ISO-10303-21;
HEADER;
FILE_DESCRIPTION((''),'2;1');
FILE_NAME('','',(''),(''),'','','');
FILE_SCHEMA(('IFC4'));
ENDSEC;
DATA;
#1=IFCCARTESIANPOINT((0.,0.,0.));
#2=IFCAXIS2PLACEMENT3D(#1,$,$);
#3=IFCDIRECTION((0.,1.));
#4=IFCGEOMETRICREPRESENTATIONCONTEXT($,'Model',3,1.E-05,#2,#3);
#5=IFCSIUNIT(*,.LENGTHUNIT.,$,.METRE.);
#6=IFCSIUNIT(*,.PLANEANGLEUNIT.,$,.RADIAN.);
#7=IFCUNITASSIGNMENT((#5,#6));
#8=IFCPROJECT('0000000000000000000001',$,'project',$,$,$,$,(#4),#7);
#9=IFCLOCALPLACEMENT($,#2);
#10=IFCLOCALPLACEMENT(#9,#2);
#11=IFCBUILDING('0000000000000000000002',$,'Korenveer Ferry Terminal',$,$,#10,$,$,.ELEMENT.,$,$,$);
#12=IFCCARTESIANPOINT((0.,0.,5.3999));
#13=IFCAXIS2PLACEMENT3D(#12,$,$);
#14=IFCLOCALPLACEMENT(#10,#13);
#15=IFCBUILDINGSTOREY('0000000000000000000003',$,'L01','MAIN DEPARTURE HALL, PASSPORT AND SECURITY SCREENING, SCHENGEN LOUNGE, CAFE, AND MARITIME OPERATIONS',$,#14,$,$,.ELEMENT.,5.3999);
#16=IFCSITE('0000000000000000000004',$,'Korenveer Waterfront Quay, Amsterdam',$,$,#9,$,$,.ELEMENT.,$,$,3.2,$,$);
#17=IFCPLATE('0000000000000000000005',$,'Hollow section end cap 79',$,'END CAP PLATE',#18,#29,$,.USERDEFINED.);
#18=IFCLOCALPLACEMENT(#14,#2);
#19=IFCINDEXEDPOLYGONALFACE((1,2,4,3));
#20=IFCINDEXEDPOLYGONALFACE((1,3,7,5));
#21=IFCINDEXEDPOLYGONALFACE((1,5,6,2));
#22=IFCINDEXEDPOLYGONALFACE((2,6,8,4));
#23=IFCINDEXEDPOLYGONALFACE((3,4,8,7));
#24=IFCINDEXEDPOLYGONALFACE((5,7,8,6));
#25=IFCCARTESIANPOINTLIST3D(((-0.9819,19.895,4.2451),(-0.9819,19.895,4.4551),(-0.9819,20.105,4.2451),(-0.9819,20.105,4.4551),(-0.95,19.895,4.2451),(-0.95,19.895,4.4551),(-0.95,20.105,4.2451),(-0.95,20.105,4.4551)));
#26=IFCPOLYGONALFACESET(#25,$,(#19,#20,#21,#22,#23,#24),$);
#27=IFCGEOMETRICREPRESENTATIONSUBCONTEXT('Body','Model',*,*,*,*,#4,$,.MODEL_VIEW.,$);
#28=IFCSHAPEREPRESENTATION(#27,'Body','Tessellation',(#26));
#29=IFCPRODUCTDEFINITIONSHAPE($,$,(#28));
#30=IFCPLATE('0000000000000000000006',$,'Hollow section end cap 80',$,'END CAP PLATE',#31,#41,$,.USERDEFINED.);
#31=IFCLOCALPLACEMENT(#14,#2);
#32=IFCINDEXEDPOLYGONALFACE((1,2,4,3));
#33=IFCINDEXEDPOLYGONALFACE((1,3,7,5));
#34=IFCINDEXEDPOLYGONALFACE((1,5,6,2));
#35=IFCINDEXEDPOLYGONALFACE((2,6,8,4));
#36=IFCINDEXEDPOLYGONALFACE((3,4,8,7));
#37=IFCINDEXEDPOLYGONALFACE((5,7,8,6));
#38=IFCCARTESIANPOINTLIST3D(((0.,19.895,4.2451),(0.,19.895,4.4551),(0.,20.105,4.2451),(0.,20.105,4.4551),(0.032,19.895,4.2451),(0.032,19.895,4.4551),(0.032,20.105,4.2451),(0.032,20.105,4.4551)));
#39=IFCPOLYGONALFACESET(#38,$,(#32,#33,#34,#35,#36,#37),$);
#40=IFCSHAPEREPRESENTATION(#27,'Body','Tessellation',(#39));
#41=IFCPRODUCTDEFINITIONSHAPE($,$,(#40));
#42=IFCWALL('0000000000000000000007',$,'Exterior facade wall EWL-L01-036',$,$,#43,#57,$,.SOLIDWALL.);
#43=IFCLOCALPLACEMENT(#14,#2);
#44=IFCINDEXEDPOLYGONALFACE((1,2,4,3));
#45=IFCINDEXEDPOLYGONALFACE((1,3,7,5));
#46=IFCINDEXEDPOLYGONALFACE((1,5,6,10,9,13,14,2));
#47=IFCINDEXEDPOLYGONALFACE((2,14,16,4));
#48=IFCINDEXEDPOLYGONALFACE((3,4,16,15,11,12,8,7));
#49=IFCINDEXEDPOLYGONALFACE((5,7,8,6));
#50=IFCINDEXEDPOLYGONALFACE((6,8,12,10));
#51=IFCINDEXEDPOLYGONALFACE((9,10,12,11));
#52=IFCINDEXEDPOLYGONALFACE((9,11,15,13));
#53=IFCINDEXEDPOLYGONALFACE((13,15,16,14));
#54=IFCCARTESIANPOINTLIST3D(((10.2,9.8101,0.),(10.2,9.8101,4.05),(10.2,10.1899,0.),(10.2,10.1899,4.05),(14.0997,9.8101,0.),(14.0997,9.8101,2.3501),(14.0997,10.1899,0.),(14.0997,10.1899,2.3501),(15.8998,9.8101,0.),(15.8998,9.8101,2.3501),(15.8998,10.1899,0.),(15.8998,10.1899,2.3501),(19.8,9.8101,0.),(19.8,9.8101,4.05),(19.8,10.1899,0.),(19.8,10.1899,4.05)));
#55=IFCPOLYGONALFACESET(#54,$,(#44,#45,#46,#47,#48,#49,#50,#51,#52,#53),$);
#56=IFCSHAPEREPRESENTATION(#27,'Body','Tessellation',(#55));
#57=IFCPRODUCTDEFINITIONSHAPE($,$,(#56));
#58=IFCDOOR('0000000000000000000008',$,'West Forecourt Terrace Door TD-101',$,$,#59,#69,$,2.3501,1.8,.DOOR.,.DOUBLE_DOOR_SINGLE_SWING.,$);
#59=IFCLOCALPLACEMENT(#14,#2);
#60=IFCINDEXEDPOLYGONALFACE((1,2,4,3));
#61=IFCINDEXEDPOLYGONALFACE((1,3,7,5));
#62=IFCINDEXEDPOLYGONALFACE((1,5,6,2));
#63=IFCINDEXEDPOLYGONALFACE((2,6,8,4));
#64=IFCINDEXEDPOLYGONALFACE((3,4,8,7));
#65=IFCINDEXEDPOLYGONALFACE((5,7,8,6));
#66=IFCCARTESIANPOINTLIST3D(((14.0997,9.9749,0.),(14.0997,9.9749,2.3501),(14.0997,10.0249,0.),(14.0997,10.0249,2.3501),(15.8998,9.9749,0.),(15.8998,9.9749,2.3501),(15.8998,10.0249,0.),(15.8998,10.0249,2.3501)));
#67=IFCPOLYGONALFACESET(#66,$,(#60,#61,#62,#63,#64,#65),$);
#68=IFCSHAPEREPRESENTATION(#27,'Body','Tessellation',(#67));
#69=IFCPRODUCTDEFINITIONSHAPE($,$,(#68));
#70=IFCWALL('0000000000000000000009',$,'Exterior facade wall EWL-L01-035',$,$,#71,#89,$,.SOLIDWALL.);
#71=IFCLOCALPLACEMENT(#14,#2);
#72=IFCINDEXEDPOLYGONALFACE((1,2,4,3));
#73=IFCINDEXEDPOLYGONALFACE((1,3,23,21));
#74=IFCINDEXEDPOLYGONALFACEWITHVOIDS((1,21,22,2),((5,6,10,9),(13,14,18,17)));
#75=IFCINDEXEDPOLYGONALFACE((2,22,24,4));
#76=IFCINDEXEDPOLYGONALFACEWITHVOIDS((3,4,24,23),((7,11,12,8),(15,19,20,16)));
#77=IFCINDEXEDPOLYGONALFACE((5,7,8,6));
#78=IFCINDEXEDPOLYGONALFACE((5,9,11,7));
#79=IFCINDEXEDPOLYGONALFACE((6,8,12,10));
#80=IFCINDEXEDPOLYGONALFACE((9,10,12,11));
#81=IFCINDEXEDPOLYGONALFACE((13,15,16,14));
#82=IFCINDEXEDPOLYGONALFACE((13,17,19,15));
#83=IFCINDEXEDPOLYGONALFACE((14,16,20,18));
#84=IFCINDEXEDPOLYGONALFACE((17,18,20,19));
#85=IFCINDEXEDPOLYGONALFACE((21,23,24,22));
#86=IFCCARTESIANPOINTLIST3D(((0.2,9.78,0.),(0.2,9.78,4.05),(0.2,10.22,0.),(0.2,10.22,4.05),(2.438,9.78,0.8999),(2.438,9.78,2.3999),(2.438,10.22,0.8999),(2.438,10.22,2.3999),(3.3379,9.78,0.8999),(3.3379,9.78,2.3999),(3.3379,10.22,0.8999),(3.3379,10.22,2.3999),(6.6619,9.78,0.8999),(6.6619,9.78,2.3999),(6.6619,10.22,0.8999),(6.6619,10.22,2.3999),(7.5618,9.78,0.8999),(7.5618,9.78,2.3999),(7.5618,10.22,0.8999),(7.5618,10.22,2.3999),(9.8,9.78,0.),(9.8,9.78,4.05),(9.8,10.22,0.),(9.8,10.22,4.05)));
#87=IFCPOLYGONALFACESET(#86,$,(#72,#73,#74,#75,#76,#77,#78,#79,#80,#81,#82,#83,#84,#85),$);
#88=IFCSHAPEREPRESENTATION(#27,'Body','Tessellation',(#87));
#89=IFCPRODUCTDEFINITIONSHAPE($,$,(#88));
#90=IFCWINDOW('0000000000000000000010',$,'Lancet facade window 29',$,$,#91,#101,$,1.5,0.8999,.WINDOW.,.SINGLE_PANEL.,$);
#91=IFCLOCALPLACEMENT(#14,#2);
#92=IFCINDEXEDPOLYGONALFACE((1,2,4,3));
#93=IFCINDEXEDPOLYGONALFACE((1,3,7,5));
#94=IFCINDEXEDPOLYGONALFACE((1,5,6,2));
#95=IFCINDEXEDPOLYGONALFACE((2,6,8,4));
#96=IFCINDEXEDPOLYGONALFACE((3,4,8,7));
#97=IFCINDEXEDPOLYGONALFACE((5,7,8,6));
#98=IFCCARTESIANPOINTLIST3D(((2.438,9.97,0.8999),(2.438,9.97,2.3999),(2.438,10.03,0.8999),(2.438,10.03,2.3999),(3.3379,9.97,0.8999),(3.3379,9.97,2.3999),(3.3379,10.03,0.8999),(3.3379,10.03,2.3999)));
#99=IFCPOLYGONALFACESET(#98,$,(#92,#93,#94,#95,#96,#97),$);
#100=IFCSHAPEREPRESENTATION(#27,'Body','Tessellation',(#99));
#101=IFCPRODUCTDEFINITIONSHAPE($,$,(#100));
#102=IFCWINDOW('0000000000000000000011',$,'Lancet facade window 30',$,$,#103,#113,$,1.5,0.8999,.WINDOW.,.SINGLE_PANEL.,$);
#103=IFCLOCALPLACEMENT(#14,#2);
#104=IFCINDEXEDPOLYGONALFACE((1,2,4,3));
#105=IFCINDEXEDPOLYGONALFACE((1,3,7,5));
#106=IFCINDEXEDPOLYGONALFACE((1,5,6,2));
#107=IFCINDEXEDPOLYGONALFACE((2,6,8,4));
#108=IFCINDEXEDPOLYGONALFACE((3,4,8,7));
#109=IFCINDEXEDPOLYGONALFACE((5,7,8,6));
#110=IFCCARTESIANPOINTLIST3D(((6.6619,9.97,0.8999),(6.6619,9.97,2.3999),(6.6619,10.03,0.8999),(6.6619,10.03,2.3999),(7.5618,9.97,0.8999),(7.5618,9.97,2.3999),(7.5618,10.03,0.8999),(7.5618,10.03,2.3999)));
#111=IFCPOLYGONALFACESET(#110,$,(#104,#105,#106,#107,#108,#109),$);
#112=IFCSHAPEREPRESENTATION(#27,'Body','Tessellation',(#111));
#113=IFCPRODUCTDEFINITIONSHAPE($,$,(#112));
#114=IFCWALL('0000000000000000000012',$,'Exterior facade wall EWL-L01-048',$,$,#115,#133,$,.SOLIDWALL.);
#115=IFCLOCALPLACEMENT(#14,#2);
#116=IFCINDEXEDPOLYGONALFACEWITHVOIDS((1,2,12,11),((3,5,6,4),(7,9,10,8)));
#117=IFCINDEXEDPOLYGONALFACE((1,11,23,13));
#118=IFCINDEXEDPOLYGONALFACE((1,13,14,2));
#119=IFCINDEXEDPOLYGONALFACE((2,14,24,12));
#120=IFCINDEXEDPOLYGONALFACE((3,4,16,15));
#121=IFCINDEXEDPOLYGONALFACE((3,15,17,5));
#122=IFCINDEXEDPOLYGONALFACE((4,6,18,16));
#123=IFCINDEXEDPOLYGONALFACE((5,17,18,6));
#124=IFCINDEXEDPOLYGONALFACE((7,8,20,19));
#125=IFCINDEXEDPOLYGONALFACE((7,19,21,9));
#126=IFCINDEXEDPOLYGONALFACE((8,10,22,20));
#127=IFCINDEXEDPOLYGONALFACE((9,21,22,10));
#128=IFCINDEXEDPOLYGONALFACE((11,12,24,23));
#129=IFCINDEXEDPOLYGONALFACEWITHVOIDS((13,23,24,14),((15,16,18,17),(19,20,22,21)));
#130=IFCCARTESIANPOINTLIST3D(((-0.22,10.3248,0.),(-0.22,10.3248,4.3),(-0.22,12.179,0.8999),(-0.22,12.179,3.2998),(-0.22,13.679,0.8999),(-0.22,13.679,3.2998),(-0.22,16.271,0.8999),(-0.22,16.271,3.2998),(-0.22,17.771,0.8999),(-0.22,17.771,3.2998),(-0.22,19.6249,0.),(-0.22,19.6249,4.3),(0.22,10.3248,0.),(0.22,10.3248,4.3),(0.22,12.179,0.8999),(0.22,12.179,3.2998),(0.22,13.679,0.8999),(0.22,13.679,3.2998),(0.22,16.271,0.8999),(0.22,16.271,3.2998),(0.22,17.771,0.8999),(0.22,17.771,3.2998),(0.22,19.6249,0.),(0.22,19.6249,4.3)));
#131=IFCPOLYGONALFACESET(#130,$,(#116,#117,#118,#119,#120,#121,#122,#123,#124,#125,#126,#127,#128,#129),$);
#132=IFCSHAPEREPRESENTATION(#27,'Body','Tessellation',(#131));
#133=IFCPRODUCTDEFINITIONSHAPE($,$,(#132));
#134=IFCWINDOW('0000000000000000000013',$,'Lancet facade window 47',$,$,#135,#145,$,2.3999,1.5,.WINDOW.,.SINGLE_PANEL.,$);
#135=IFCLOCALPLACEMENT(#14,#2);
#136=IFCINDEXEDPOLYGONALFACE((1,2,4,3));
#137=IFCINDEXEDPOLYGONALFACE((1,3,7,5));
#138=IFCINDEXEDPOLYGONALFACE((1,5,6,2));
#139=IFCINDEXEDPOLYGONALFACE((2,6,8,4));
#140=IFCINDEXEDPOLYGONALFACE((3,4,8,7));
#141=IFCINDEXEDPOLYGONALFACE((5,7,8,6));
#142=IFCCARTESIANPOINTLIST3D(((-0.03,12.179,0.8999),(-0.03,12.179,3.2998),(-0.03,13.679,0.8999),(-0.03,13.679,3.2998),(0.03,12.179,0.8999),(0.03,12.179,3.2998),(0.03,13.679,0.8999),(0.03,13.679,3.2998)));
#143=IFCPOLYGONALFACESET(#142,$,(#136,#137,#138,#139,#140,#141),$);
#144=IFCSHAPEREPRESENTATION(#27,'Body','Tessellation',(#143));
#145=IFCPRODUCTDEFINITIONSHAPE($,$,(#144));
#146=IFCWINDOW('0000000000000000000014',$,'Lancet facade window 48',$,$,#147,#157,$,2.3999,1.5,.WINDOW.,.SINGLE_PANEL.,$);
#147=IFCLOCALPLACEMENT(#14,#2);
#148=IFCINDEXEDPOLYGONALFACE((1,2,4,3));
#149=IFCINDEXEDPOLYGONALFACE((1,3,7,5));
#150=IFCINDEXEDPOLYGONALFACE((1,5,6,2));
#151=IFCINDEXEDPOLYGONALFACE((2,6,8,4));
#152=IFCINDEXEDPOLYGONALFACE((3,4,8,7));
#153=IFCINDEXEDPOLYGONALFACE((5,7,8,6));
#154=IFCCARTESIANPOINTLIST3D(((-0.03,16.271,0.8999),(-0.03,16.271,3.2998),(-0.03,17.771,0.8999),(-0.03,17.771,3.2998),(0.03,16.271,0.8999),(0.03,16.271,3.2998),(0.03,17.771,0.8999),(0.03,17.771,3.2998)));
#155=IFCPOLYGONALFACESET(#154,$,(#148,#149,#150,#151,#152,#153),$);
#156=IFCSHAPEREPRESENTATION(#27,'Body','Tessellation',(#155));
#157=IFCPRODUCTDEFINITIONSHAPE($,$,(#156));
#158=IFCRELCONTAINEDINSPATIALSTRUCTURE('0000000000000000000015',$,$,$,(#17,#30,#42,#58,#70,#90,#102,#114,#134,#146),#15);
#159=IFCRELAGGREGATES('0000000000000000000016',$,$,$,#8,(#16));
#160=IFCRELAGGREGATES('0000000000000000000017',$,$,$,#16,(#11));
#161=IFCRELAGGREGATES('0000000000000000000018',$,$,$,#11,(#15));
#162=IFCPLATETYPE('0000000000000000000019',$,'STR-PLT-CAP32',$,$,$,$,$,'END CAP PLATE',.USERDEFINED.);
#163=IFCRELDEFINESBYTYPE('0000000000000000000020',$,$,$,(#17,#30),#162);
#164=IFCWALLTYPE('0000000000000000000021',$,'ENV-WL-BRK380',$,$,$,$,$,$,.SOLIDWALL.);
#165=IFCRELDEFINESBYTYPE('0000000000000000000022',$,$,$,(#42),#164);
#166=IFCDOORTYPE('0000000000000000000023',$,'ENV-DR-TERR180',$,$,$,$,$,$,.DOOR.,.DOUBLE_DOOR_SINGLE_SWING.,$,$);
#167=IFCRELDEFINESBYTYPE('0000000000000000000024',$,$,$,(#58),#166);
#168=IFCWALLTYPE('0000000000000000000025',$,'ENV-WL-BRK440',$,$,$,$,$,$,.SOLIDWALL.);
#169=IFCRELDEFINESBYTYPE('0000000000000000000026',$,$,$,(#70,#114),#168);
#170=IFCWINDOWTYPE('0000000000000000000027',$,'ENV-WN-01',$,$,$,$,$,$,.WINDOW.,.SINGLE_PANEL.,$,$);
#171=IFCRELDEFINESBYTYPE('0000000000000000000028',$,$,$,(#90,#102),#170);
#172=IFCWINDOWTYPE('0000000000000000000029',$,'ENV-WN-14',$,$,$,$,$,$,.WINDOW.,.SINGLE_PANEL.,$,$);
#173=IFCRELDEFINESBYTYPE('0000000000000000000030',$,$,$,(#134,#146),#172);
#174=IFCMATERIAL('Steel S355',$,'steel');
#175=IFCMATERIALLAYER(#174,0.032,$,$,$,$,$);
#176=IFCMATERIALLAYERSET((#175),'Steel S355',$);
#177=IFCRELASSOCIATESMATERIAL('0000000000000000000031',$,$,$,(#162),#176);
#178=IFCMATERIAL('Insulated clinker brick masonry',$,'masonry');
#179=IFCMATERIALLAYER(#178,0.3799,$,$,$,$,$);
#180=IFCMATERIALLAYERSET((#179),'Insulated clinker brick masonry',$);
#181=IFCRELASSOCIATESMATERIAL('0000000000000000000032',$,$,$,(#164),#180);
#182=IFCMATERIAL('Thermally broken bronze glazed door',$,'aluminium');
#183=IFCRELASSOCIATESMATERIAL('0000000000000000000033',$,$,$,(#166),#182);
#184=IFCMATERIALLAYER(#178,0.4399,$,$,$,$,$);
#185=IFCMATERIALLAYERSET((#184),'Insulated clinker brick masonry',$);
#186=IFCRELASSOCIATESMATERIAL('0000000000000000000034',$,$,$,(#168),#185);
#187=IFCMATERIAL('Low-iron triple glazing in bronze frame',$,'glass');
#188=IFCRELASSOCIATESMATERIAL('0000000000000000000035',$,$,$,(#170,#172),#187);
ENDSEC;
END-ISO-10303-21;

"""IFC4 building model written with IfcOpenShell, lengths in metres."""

from ifc_helpers import new_model, si_unit, direction, frame, frame_2d, origin, origin_2d, place, context, subcontext, project, spatial, rectangle, extrude, material, layer, layer_set, type_object, element, fill, save


model = new_model("IFC4")

# Units and contexts
model_context = context("Model", 3, precision=1e-05, world=origin(), true_north=direction((0.0, 1.0)))
body_context = subcontext(model_context, "Body", "Model", "MODEL_VIEW")
ifc_project = project(units=[si_unit("LENGTHUNIT", "METRE"), si_unit("PLANEANGLEUNIT", "RADIAN")], contexts=[model_context])

# Site, building, storey
site_placement = place(None, origin())
site = spatial("IfcSite", under=ifc_project, at=site_placement, Name="Korenveer Waterfront Quay, Amsterdam", CompositionType="ELEMENT", RefElevation=3.2)
building_placement = place(site_placement, origin())
building = spatial("IfcBuilding", under=site, at=building_placement, Name="Korenveer Ferry Terminal", CompositionType="ELEMENT")
storey_placement = place(building_placement, frame((0.0, 0.0, 5.3999)))
storey = spatial("IfcBuildingStorey", under=building, at=storey_placement, Name="L01", Description="MAIN DEPARTURE HALL, PASSPORT AND SECURITY SCREENING, SCHENGEN LOUNGE, CAFE, AND MARITIME OPERATIONS", CompositionType="ELEMENT", Elevation=5.3999)

# Shared definitions
ifc_material_1 = material(Name="Steel S355", Category="steel")

# Plates
ifc_layer_1 = layer(ifc_material_1, 0.032)
ifc_layer_set_1 = layer_set([ifc_layer_1], Name="Steel S355")
plate_type = type_object("IfcPlateType", Name="STR-PLT-CAP32", ElementType="END CAP PLATE", PredefinedType="USERDEFINED", material=ifc_layer_set_1)
for number, where, z_axis, x_axis, name in (
    (1, (-0.9819, 20.0, 4.3501), (1.0, 0.0, 0.0), (0.0, 1.0, 0.0), "Hollow section end cap 79"),
    (2, (0.0, 20.0, 4.3501), (1.0, 0.0, 0.0), (0.0, 1.0, 0.0), "Hollow section end cap 80"),
):
    element("IfcPlate", number, at=place(storey_placement, frame(where, z_axis=z_axis, x_axis=x_axis)), inside=storey, type_object=plate_type, Name=name, ObjectType="END CAP PLATE", PredefinedType="USERDEFINED", context=body_context, shape_type="SweptSolid", body=[
        extrude(rectangle(XDim=0.21, YDim=0.21, at=origin_2d()), origin(), (0.0, 0.0, 1.0), 0.032),
    ])

# Wall, opening, door
ifc_material_2 = material(Name="Insulated clinker brick masonry", Category="masonry")
ifc_layer_2 = layer(ifc_material_2, 0.3799)
ifc_layer_set_2 = layer_set([ifc_layer_2], Name="Insulated clinker brick masonry")
wall_type_1 = type_object("IfcWallType", Name="ENV-WL-BRK380", PredefinedType="SOLIDWALL", material=ifc_layer_set_2)
wall_1_placement = place(storey_placement, frame((10.2, 10.0, 0.0), z_axis=(0.0, 0.0, 1.0), x_axis=(1.0, 0.0, 0.0)))
wall_1 = element("IfcWall", 3, at=wall_1_placement, inside=storey, type_object=wall_type_1, Name="Exterior facade wall EWL-L01-036", PredefinedType="SOLIDWALL", context=body_context, shape_type="SweptSolid", body=[
    extrude(rectangle(XDim=9.6001, YDim=0.3799, at=frame_2d((4.8, 0.0))), origin(), (0.0, 0.0, 1.0), 4.05),
])
opening_1_placement = place(wall_1_placement, frame((3.8999, 0.0, 0.0)))
opening_1 = element("IfcOpeningElement", 4, at=opening_1_placement, cuts=wall_1, PredefinedType="OPENING", context=body_context, shape_type="SweptSolid", body=[
    extrude(rectangle(XDim=1.8, YDim=2.3501, at=frame_2d((0.8999, 1.175))), frame((0.0, 0.2, 0.0), z_axis=(0.0, -1.0, 0.0), x_axis=(1.0, 0.0, 0.0)), (0.0, 0.0, 1.0), 0.3999),
])
ifc_material_3 = material(Name="Thermally broken bronze glazed door", Category="aluminium")
door_type = type_object("IfcDoorType", Name="ENV-DR-TERR180", OperationType="DOUBLE_DOOR_SINGLE_SWING", PredefinedType="DOOR", material=ifc_material_3)
door_placement = place(opening_1_placement, origin())
door = element("IfcDoor", 5, at=door_placement, inside=storey, type_object=door_type, Name="West Forecourt Terrace Door TD-101", OperationType="DOUBLE_DOOR_SINGLE_SWING", OverallHeight=2.3501, OverallWidth=1.8, PredefinedType="DOOR", context=body_context, shape_type="SweptSolid", body=[
    extrude(rectangle(XDim=1.8, YDim=2.3501, at=frame_2d((0.8999, 1.175))), frame((0.0, 0.0249, 0.0), z_axis=(0.0, -1.0, 0.0), x_axis=(1.0, 0.0, 0.0)), (0.0, 0.0, 1.0), 0.05),
])
fill(opening_1, door)

# Walls, openings, windows
ifc_layer_3 = layer(ifc_material_2, 0.4399)
ifc_layer_set_3 = layer_set([ifc_layer_3], Name="Insulated clinker brick masonry")
wall_type_2 = type_object("IfcWallType", Name="ENV-WL-BRK440", PredefinedType="SOLIDWALL", material=ifc_layer_set_3)
wall_2_placement = place(storey_placement, frame((0.2, 10.0, 0.0), z_axis=(0.0, 0.0, 1.0), x_axis=(1.0, 0.0, 0.0)))
wall_2 = element("IfcWall", 6, at=wall_2_placement, inside=storey, type_object=wall_type_2, Name="Exterior facade wall EWL-L01-035", PredefinedType="SOLIDWALL", context=body_context, shape_type="SweptSolid", body=[
    extrude(rectangle(XDim=9.6001, YDim=0.4399, at=frame_2d((4.8, 0.0))), origin(), (0.0, 0.0, 1.0), 4.05),
])
opening_2_placement = place(wall_2_placement, frame((2.238, 0.0, 0.8999)))
opening_2 = element("IfcOpeningElement", 7, at=opening_2_placement, cuts=wall_2, PredefinedType="OPENING", context=body_context, shape_type="SweptSolid", body=[
    extrude(rectangle(XDim=0.8999, YDim=1.5, at=frame_2d((0.45, 0.75))), frame((0.0, 0.23, 0.0), z_axis=(0.0, -1.0, 0.0), x_axis=(1.0, 0.0, 0.0)), (0.0, 0.0, 1.0), 0.46),
])
opening_3_placement = place(wall_2_placement, frame((6.4619, 0.0, 0.8999)))
opening_3 = element("IfcOpeningElement", 8, at=opening_3_placement, cuts=wall_2, PredefinedType="OPENING", context=body_context, shape_type="SweptSolid", body=[
    extrude(rectangle(XDim=0.8999, YDim=1.5, at=frame_2d((0.45, 0.75))), frame((0.0, 0.23, 0.0), z_axis=(0.0, -1.0, 0.0), x_axis=(1.0, 0.0, 0.0)), (0.0, 0.0, 1.0), 0.46),
])
ifc_material_4 = material(Name="Low-iron triple glazing in bronze frame", Category="glass")
window_type_1 = type_object("IfcWindowType", Name="ENV-WN-01", PartitioningType="SINGLE_PANEL", PredefinedType="WINDOW", material=ifc_material_4)
window_1_placement = place(opening_2_placement, origin())
window_1 = element("IfcWindow", 9, at=window_1_placement, inside=storey, type_object=window_type_1, Name="Lancet facade window 29", OverallHeight=1.5, OverallWidth=0.8999, PartitioningType="SINGLE_PANEL", PredefinedType="WINDOW", context=body_context, shape_type="SweptSolid", body=[
    extrude(rectangle(XDim=0.8999, YDim=1.5, at=frame_2d((0.45, 0.75))), frame((0.0, 0.03, 0.0), z_axis=(0.0, -1.0, 0.0), x_axis=(1.0, 0.0, 0.0)), (0.0, 0.0, 1.0), 0.0601),
])
fill(opening_2, window_1)
window_2_placement = place(opening_3_placement, origin())
window_2 = element("IfcWindow", 10, at=window_2_placement, inside=storey, type_object=window_type_1, Name="Lancet facade window 30", OverallHeight=1.5, OverallWidth=0.8999, PartitioningType="SINGLE_PANEL", PredefinedType="WINDOW", context=body_context, shape_type="SweptSolid", body=[
    extrude(rectangle(XDim=0.8999, YDim=1.5, at=frame_2d((0.45, 0.75))), frame((0.0, 0.03, 0.0), z_axis=(0.0, -1.0, 0.0), x_axis=(1.0, 0.0, 0.0)), (0.0, 0.0, 1.0), 0.0601),
])
fill(opening_3, window_2)
wall_3_placement = place(storey_placement, frame((0.0, 10.325, 0.0), z_axis=(0.0, 0.0, 1.0), x_axis=(0.0, 1.0, 0.0)))
wall_3 = element("IfcWall", 11, at=wall_3_placement, inside=storey, type_object=wall_type_2, Name="Exterior facade wall EWL-L01-048", PredefinedType="SOLIDWALL", context=body_context, shape_type="SweptSolid", body=[
    extrude(rectangle(XDim=9.3, YDim=0.4399, at=frame_2d((4.6499, 0.0))), origin(), (0.0, 0.0, 1.0), 4.3),
])
opening_4_placement = place(wall_3_placement, frame((1.854, 0.0, 0.8999)))
opening_4 = element("IfcOpeningElement", 12, at=opening_4_placement, cuts=wall_3, PredefinedType="OPENING", context=body_context, shape_type="SweptSolid", body=[
    extrude(rectangle(XDim=1.5, YDim=2.3999, at=frame_2d((0.75, 1.2))), frame((0.0, 0.23, 0.0), z_axis=(0.0, -1.0, 0.0), x_axis=(1.0, 0.0, 0.0)), (0.0, 0.0, 1.0), 0.46),
])
opening_5_placement = place(wall_3_placement, frame((5.946, 0.0, 0.8999)))
opening_5 = element("IfcOpeningElement", 13, at=opening_5_placement, cuts=wall_3, PredefinedType="OPENING", context=body_context, shape_type="SweptSolid", body=[
    extrude(rectangle(XDim=1.5, YDim=2.3999, at=frame_2d((0.75, 1.2))), frame((0.0, 0.23, 0.0), z_axis=(0.0, -1.0, 0.0), x_axis=(1.0, 0.0, 0.0)), (0.0, 0.0, 1.0), 0.46),
])
window_type_2 = type_object("IfcWindowType", Name="ENV-WN-14", PartitioningType="SINGLE_PANEL", PredefinedType="WINDOW", material=ifc_material_4)
window_3_placement = place(opening_4_placement, origin())
window_3 = element("IfcWindow", 14, at=window_3_placement, inside=storey, type_object=window_type_2, Name="Lancet facade window 47", OverallHeight=2.3999, OverallWidth=1.5, PartitioningType="SINGLE_PANEL", PredefinedType="WINDOW", context=body_context, shape_type="SweptSolid", body=[
    extrude(rectangle(XDim=1.5, YDim=2.3999, at=frame_2d((0.75, 1.2))), frame((0.0, 0.03, 0.0), z_axis=(0.0, -1.0, 0.0), x_axis=(1.0, 0.0, 0.0)), (0.0, 0.0, 1.0), 0.0601),
])
fill(opening_4, window_3)
window_4_placement = place(opening_5_placement, origin())
window_4 = element("IfcWindow", 15, at=window_4_placement, inside=storey, type_object=window_type_2, Name="Lancet facade window 48", OverallHeight=2.3999, OverallWidth=1.5, PartitioningType="SINGLE_PANEL", PredefinedType="WINDOW", context=body_context, shape_type="SweptSolid", body=[
    extrude(rectangle(XDim=1.5, YDim=2.3999, at=frame_2d((0.75, 1.2))), frame((0.0, 0.03, 0.0), z_axis=(0.0, -1.0, 0.0), x_axis=(1.0, 0.0, 0.0)), (0.0, 0.0, 1.0), 0.0601),
])
fill(opening_5, window_4)

save(model, "model.ifc")
